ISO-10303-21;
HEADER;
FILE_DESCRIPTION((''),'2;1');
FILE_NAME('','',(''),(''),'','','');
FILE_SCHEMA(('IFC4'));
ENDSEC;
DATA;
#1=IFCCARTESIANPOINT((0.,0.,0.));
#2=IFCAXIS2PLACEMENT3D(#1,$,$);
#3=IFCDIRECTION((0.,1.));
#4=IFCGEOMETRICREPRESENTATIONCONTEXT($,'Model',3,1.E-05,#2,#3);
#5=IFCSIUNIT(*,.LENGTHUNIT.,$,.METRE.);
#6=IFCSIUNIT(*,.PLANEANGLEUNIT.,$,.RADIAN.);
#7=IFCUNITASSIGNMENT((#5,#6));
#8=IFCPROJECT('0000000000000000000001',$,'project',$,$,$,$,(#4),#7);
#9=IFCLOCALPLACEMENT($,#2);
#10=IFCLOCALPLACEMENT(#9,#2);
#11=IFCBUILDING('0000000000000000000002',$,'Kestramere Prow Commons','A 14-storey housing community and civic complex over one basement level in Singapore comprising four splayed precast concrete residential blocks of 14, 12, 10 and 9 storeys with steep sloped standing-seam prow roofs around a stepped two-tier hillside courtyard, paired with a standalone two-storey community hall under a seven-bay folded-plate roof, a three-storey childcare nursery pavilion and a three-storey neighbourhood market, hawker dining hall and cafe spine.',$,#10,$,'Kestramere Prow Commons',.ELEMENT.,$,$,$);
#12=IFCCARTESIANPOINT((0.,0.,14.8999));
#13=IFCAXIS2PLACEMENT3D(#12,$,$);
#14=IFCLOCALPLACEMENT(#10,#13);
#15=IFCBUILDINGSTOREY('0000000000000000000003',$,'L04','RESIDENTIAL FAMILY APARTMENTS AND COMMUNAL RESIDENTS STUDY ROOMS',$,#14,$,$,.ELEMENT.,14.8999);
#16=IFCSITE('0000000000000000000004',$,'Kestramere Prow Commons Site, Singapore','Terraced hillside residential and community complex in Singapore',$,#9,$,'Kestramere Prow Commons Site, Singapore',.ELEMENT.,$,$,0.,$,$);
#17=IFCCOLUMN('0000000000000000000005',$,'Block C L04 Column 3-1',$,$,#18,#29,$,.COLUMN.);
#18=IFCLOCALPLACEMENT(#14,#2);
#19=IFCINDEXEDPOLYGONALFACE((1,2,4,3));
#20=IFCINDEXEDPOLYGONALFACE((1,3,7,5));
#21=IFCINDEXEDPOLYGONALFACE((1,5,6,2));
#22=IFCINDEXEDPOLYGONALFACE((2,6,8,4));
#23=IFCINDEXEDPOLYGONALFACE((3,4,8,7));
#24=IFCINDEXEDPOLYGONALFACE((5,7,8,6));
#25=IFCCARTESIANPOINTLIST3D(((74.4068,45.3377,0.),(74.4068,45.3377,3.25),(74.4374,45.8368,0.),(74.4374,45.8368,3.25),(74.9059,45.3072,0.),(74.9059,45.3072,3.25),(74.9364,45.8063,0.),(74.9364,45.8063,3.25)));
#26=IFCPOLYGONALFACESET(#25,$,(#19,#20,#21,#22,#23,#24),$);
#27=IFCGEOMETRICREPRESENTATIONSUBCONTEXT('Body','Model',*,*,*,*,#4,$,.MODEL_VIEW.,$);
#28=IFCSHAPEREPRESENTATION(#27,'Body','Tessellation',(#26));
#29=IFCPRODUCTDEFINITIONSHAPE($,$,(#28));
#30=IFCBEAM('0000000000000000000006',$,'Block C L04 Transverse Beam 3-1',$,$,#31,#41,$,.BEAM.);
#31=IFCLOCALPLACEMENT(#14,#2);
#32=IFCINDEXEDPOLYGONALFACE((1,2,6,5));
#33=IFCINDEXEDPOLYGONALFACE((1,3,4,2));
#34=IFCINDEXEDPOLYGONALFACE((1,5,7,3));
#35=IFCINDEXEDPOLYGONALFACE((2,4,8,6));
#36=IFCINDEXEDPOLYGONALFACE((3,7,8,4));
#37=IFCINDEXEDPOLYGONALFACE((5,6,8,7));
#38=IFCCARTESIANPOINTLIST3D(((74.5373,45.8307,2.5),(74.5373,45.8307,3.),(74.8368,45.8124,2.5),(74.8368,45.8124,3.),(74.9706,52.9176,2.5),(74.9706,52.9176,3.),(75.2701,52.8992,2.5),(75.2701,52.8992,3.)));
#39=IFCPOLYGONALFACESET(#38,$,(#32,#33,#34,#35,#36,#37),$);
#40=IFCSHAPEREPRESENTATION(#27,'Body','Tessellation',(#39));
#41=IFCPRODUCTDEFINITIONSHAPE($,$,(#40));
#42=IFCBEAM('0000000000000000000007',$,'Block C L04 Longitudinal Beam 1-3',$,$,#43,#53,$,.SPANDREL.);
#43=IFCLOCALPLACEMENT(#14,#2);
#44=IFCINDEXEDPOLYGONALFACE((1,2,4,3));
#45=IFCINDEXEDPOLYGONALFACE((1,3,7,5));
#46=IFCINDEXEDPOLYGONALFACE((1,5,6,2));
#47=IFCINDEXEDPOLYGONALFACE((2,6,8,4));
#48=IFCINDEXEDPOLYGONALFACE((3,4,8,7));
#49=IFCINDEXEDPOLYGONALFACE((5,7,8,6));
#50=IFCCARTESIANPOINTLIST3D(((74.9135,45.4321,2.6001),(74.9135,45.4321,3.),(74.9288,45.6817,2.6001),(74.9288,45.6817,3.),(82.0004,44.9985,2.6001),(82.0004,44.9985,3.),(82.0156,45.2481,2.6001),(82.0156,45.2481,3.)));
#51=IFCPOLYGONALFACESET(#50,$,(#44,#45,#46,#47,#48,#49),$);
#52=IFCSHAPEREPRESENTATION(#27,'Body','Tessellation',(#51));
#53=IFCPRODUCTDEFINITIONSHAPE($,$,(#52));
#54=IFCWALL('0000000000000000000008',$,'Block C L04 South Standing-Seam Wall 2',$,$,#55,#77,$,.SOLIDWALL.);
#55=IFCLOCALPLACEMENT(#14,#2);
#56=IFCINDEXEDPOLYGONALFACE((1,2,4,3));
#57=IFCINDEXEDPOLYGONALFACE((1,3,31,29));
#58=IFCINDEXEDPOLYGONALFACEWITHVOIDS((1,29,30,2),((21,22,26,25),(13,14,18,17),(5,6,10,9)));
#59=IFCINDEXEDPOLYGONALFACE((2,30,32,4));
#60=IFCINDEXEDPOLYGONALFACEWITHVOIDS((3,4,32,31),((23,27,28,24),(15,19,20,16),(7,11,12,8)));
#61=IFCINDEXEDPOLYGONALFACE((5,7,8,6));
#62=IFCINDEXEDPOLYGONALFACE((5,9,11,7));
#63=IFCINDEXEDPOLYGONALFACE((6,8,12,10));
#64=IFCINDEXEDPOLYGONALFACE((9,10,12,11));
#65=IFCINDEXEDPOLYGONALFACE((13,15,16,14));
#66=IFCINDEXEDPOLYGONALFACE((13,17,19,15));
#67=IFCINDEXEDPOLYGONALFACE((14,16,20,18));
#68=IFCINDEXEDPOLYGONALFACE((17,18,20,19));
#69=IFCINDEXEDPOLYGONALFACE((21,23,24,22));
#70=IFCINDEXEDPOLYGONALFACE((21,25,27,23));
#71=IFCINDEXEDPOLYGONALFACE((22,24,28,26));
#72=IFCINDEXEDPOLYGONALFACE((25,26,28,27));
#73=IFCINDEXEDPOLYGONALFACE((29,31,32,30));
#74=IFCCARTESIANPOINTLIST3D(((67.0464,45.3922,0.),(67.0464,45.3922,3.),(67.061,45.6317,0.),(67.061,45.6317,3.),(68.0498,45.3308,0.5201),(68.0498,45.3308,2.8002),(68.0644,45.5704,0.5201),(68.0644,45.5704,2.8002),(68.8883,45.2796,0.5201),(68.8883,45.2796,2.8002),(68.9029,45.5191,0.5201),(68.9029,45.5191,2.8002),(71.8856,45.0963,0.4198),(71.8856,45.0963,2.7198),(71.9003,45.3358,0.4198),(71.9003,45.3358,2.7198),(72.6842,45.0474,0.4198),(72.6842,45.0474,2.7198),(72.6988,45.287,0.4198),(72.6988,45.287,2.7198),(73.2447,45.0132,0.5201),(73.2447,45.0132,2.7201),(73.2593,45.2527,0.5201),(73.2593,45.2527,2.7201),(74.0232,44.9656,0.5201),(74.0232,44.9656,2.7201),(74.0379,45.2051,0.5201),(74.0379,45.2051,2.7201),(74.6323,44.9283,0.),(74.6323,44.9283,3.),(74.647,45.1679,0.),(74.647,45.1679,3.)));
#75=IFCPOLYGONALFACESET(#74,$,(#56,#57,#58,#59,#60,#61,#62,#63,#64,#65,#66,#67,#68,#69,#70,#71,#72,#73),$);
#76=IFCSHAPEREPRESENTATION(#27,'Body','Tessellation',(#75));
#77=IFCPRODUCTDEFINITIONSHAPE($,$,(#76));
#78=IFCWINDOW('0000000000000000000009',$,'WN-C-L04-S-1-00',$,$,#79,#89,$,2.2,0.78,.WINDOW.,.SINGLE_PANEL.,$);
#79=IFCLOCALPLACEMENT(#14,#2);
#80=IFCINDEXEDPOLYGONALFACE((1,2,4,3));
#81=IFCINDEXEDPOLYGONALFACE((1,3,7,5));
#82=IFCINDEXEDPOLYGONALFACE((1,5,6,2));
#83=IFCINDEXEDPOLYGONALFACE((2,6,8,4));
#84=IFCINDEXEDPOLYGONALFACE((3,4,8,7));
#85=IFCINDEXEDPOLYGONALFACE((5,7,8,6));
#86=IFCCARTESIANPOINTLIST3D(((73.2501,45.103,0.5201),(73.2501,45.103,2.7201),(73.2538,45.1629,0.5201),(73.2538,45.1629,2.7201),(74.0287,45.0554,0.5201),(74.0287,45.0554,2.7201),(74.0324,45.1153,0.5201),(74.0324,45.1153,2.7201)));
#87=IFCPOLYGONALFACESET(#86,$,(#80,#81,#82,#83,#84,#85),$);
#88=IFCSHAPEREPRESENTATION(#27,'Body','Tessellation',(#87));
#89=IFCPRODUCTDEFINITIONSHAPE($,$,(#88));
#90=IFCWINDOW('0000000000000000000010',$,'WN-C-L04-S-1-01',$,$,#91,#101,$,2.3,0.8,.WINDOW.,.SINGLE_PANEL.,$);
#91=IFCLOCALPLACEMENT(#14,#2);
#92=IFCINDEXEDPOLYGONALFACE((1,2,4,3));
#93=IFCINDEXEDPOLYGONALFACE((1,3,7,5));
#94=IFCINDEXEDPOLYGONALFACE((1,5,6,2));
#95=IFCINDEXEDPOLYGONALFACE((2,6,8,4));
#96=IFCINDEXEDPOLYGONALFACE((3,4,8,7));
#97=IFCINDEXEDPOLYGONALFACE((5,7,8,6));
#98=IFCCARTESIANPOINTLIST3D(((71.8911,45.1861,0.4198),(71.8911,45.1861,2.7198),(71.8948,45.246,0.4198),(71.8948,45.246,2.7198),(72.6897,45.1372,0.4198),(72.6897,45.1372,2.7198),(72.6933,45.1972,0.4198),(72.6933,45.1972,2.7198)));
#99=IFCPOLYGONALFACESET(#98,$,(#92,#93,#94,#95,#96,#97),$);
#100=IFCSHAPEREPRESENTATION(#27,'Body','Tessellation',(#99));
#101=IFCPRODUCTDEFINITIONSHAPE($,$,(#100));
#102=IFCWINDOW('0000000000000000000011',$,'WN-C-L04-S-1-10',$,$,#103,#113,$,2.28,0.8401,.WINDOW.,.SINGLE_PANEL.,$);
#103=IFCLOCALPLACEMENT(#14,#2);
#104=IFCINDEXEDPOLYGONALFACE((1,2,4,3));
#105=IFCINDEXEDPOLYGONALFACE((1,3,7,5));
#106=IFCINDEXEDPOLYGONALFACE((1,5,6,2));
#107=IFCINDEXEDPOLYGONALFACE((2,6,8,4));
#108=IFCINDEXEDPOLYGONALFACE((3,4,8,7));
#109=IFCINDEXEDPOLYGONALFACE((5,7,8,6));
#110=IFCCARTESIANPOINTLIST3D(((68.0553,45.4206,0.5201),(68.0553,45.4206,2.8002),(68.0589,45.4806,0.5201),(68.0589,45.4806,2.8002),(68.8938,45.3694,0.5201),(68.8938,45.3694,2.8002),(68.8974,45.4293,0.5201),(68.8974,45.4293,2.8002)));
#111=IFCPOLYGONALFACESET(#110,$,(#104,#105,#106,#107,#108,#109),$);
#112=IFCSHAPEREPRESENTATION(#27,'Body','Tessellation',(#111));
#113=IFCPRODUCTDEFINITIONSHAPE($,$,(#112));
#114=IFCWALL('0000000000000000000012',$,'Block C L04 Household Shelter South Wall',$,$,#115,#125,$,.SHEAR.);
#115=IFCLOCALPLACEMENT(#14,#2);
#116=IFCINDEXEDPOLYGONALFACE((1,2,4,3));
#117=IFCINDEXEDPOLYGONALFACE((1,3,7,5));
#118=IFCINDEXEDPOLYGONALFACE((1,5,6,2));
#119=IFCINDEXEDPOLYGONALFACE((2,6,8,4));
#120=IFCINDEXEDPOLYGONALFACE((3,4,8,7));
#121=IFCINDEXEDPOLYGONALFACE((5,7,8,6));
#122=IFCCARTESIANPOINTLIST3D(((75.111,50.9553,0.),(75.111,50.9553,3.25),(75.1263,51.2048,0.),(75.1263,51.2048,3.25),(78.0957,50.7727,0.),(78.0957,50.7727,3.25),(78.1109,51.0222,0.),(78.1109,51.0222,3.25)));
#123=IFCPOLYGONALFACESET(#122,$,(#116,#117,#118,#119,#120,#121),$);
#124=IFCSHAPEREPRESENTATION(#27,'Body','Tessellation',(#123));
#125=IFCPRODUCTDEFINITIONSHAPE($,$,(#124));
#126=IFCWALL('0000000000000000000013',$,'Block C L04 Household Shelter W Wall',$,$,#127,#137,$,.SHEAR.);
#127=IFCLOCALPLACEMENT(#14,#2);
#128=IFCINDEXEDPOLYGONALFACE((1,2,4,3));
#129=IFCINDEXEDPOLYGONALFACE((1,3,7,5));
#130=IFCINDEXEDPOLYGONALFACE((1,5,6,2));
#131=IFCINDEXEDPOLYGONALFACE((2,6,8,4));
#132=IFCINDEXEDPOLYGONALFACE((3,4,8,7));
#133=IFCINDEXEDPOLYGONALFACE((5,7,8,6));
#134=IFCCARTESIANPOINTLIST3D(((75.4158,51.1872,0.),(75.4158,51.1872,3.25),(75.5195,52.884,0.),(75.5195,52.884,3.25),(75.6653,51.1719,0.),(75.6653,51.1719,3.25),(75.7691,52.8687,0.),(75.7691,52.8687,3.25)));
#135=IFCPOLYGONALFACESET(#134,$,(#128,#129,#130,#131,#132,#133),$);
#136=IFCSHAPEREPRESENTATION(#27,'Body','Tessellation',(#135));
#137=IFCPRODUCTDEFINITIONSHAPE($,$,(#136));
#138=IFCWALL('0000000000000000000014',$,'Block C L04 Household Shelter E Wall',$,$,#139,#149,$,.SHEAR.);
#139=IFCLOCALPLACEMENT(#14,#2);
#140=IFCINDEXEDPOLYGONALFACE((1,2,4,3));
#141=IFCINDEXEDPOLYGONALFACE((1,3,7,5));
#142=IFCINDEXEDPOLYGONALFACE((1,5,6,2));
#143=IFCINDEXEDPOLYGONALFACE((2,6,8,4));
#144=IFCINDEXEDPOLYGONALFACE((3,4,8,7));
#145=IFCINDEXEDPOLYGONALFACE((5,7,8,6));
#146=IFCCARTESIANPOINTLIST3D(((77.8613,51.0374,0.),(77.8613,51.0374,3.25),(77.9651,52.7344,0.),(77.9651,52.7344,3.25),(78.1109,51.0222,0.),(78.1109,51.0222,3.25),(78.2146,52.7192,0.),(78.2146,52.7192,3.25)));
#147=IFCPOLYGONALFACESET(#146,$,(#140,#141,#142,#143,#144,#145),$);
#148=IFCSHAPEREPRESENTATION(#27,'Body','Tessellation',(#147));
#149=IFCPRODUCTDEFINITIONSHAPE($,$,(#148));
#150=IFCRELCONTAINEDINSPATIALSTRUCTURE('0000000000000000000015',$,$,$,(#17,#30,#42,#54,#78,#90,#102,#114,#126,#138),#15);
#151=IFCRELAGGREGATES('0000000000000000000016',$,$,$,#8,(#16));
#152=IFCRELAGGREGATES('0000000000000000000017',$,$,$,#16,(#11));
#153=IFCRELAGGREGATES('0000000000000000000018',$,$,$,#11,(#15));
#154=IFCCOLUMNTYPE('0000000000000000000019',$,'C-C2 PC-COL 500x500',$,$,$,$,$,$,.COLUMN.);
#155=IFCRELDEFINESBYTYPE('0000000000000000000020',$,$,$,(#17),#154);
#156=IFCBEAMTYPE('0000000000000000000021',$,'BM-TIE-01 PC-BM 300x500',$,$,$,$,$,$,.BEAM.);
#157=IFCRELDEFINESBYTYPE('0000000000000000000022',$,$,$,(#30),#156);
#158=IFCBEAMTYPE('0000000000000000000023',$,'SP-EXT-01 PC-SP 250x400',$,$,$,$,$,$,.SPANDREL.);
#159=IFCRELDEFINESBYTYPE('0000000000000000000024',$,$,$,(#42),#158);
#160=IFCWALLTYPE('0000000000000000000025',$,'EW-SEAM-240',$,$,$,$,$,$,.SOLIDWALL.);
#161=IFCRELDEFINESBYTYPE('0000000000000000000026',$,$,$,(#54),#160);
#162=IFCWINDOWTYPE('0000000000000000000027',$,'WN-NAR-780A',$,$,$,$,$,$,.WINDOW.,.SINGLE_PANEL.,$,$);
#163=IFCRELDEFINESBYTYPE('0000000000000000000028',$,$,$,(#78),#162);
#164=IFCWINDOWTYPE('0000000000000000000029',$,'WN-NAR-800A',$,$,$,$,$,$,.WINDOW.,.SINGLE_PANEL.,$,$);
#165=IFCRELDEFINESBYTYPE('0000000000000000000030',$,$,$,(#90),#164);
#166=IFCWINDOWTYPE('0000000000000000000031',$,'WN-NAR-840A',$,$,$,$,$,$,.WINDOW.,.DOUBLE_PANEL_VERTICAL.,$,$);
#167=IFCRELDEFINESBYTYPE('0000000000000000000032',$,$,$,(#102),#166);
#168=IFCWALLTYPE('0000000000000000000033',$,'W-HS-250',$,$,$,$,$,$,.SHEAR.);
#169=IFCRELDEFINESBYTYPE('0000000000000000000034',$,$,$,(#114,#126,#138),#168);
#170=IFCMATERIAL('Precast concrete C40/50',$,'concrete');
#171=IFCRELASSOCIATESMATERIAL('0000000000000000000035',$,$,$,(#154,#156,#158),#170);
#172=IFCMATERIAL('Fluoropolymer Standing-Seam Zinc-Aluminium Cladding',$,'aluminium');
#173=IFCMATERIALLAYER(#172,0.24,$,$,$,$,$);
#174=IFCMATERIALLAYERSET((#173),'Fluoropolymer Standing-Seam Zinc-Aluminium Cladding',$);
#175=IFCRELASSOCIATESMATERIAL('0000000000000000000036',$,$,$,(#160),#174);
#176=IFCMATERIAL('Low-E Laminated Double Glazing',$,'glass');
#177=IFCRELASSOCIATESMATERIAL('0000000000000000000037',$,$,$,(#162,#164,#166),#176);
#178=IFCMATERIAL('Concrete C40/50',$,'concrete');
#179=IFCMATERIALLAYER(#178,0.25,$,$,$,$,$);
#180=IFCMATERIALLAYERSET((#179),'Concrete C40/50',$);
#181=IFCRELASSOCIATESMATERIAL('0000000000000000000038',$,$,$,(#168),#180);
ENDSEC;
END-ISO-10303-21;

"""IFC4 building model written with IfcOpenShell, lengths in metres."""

from ifc_helpers import new_model, si_unit, direction, frame, frame_2d, origin, origin_2d, place, context, subcontext, project, spatial, rectangle, extrude, material, layer, layer_set, material_profile, profile_set, type_object, element, fill, save


model = new_model("IFC4")

# Units and contexts
model_context = context("Model", 3, precision=1e-05, world=origin(), true_north=direction((0.0, 1.0)))
body_context = subcontext(model_context, "Body", "Model", "MODEL_VIEW")
ifc_project = project(units=[si_unit("LENGTHUNIT", "METRE"), si_unit("PLANEANGLEUNIT", "RADIAN")], contexts=[model_context])

# Site, building, storey
site_placement = place(None, origin())
site = spatial("IfcSite", under=ifc_project, at=site_placement, Name="Kestramere Prow Commons Site, Singapore", Description="Terraced hillside residential and community complex in Singapore", LongName="Kestramere Prow Commons Site, Singapore", CompositionType="ELEMENT", RefElevation=0.0)
building_placement = place(site_placement, origin())
building = spatial("IfcBuilding", under=site, at=building_placement, Name="Kestramere Prow Commons", Description="A 14-storey housing community and civic complex over one basement level in Singapore comprising four splayed precast concrete residential blocks of 14, 12, 10 and 9 storeys with steep sloped standing-seam prow roofs around a stepped two-tier hillside courtyard, paired with a standalone two-storey community hall under a seven-bay folded-plate roof, a three-storey childcare nursery pavilion and a three-storey neighbourhood market, hawker dining hall and cafe spine.", LongName="Kestramere Prow Commons", CompositionType="ELEMENT")
storey_placement = place(building_placement, frame((0.0, 0.0, 14.8999)))
storey = spatial("IfcBuildingStorey", under=building, at=storey_placement, Name="L04", Description="RESIDENTIAL FAMILY APARTMENTS AND COMMUNAL RESIDENTS STUDY ROOMS", CompositionType="ELEMENT", Elevation=14.8999)

# Column
ifc_material_1 = material(Name="Precast concrete C40/50", Category="concrete")
ifc_material_profile_1 = material_profile(ifc_material_1, rectangle(XDim=0.5, YDim=0.5, at=origin_2d()), Name="PC-COL 500x500")
ifc_profile_set_1 = profile_set([ifc_material_profile_1], Name="Precast concrete C40/50")
column_type = type_object("IfcColumnType", Name="C-C2 PC-COL 500x500", PredefinedType="COLUMN", material=ifc_profile_set_1)
column_placement = place(storey_placement, frame((74.6716, 45.572, 0.0), z_axis=(0.0, 0.0, 1.0), x_axis=(0.998135, -0.061049, 0.0)))
element("IfcColumn", 1, at=column_placement, inside=storey, type_object=column_type, Name="Block C L04 Column 3-1", PredefinedType="COLUMN", context=body_context, shape_type="SweptSolid", body=[
    extrude(rectangle(XDim=0.5, YDim=0.5, at=origin_2d()), origin(), (0.0, 0.0, 1.0), 3.25),
])

# Beams
ifc_material_profile_2 = material_profile(ifc_material_1, rectangle(XDim=0.3, YDim=0.5, at=origin_2d()), Name="PC-BM 300x500")
ifc_profile_set_2 = profile_set([ifc_material_profile_2], Name="Precast concrete C40/50")
beam_type_1 = type_object("IfcBeamType", Name="BM-TIE-01 PC-BM 300x500", PredefinedType="BEAM", material=ifc_profile_set_2)
beam_1_placement = place(storey_placement, frame((74.687, 45.8215, 2.75), z_axis=(0.061034, 0.998136, 0.0), x_axis=(-0.998136, 0.061034, 0.0)))
element("IfcBeam", 2, at=beam_1_placement, inside=storey, type_object=beam_type_1, Name="Block C L04 Transverse Beam 3-1", PredefinedType="BEAM", context=body_context, shape_type="SweptSolid", body=[
    extrude(rectangle(XDim=0.3, YDim=0.5, at=origin_2d()), origin(), (0.0, 0.0, 1.0), 7.1001),
])
ifc_material_profile_3 = material_profile(ifc_material_1, rectangle(XDim=0.25, YDim=0.3999, at=origin_2d()), Name="PC-SP 250x400")
ifc_profile_set_3 = profile_set([ifc_material_profile_3], Name="Precast concrete C40/50")
beam_type_2 = type_object("IfcBeamType", Name="SP-EXT-01 PC-SP 250x400", PredefinedType="SPANDREL", material=ifc_profile_set_3)
beam_2_placement = place(storey_placement, frame((74.9211, 45.5569, 2.8), z_axis=(0.998134, -0.061068, 0.0), x_axis=(0.061068, 0.998134, 0.0)))
element("IfcBeam", 3, at=beam_2_placement, inside=storey, type_object=beam_type_2, Name="Block C L04 Longitudinal Beam 1-3", PredefinedType="SPANDREL", context=body_context, shape_type="SweptSolid", body=[
    extrude(rectangle(XDim=0.25, YDim=0.3999, at=origin_2d()), origin(), (0.0, 0.0, 1.0), 7.1001),
])

# Wall, openings, windows
ifc_material_2 = material(Name="Fluoropolymer Standing-Seam Zinc-Aluminium Cladding", Category="aluminium")
ifc_layer_1 = layer(ifc_material_2, 0.24)
ifc_layer_set_1 = layer_set([ifc_layer_1], Name="Fluoropolymer Standing-Seam Zinc-Aluminium Cladding")
wall_type_1 = type_object("IfcWallType", Name="EW-SEAM-240", PredefinedType="SOLIDWALL", material=ifc_layer_set_1)
wall_1_placement = place(storey_placement, frame((74.6396, 45.0481, 0.0), z_axis=(0.0, 0.0, 1.0), x_axis=(-0.998136, 0.061034, 0.0)))
wall_1 = element("IfcWall", 4, at=wall_1_placement, inside=storey, type_object=wall_type_1, Name="Block C L04 South Standing-Seam Wall 2", PredefinedType="SOLIDWALL", context=body_context, shape_type="SweptSolid", body=[
    extrude(rectangle(XDim=7.6001, YDim=0.24, at=frame_2d((3.8, 0.0))), origin(), (0.0, 0.0, 1.0), 3.0),
])
opening_1_placement = place(wall_1_placement, frame((0.6101, 0.0, 0.52)))
opening_1 = element("IfcOpeningElement", 5, at=opening_1_placement, cuts=wall_1, PredefinedType="OPENING", context=body_context, shape_type="SweptSolid", body=[
    extrude(rectangle(XDim=0.78, YDim=2.2, at=frame_2d((0.3901, 1.1001))), frame((0.0, 0.135, 0.0), z_axis=(0.0, -1.0, 0.0), x_axis=(1.0, 0.0, 0.0)), (0.0, 0.0, 1.0), 0.27),
])
opening_2_placement = place(wall_1_placement, frame((1.9519, 0.0, 0.4199)))
opening_2 = element("IfcOpeningElement", 6, at=opening_2_placement, cuts=wall_1, PredefinedType="OPENING", context=body_context, shape_type="SweptSolid", body=[
    extrude(rectangle(XDim=0.8, YDim=2.3, at=frame_2d((0.3999, 1.1499))), frame((0.0, 0.135, 0.0), z_axis=(0.0, -1.0, 0.0), x_axis=(1.0, 0.0, 0.0)), (0.0, 0.0, 1.0), 0.27),
])
opening_3_placement = place(wall_1_placement, frame((5.7549, 0.0, 0.52)))
opening_3 = element("IfcOpeningElement", 7, at=opening_3_placement, cuts=wall_1, PredefinedType="OPENING", context=body_context, shape_type="SweptSolid", body=[
    extrude(rectangle(XDim=0.8401, YDim=2.28, at=frame_2d((0.4199, 1.1401))), frame((0.0, 0.135, 0.0), z_axis=(0.0, -1.0, 0.0), x_axis=(1.0, 0.0, 0.0)), (0.0, 0.0, 1.0), 0.27),
])
ifc_material_3 = material(Name="Low-E Laminated Double Glazing", Category="glass")
window_type_1 = type_object("IfcWindowType", Name="WN-NAR-780A", PartitioningType="SINGLE_PANEL", PredefinedType="WINDOW", material=ifc_material_3)
window_1_placement = place(opening_1_placement, origin())
window_1 = element("IfcWindow", 8, at=window_1_placement, inside=storey, type_object=window_type_1, Name="WN-C-L04-S-1-00", OverallHeight=2.2, OverallWidth=0.78, PartitioningType="SINGLE_PANEL", PredefinedType="WINDOW", context=body_context, shape_type="SweptSolid", body=[
    extrude(rectangle(XDim=0.78, YDim=2.2, at=frame_2d((0.3901, 1.1001))), frame((0.0, 0.03, 0.0), z_axis=(0.0, -1.0, 0.0), x_axis=(1.0, 0.0, 0.0)), (0.0, 0.0, 1.0), 0.0601),
])
fill(opening_1, window_1)
window_type_2 = type_object("IfcWindowType", Name="WN-NAR-800A", PartitioningType="SINGLE_PANEL", PredefinedType="WINDOW", material=ifc_material_3)
window_2_placement = place(opening_2_placement, origin())
window_2 = element("IfcWindow", 9, at=window_2_placement, inside=storey, type_object=window_type_2, Name="WN-C-L04-S-1-01", OverallHeight=2.3, OverallWidth=0.8, PartitioningType="SINGLE_PANEL", PredefinedType="WINDOW", context=body_context, shape_type="SweptSolid", body=[
    extrude(rectangle(XDim=0.8, YDim=2.3, at=frame_2d((0.3999, 1.1499))), frame((0.0, 0.03, 0.0), z_axis=(0.0, -1.0, 0.0), x_axis=(1.0, 0.0, 0.0)), (0.0, 0.0, 1.0), 0.0601),
])
fill(opening_2, window_2)
window_type_3 = type_object("IfcWindowType", Name="WN-NAR-840A", PartitioningType="DOUBLE_PANEL_VERTICAL", PredefinedType="WINDOW", material=ifc_material_3)
window_3_placement = place(opening_3_placement, origin())
window_3 = element("IfcWindow", 10, at=window_3_placement, inside=storey, type_object=window_type_3, Name="WN-C-L04-S-1-10", OverallHeight=2.28, OverallWidth=0.8401, PartitioningType="SINGLE_PANEL", PredefinedType="WINDOW", context=body_context, shape_type="SweptSolid", body=[
    extrude(rectangle(XDim=0.8401, YDim=2.28, at=frame_2d((0.4199, 1.1401))), frame((0.0, 0.03, 0.0), z_axis=(0.0, -1.0, 0.0), x_axis=(1.0, 0.0, 0.0)), (0.0, 0.0, 1.0), 0.0601),
])
fill(opening_3, window_3)

# Walls
ifc_material_4 = material(Name="Concrete C40/50", Category="concrete")
ifc_layer_2 = layer(ifc_material_4, 0.25)
ifc_layer_set_2 = layer_set([ifc_layer_2], Name="Concrete C40/50")
wall_type_2 = type_object("IfcWallType", Name="W-HS-250", PredefinedType="SHEAR", material=ifc_layer_set_2)
wall_2_placement = place(storey_placement, frame((75.1187, 51.0801, 0.0), z_axis=(0.0, 0.0, 1.0), x_axis=(0.998133, -0.061072, 0.0)))
element("IfcWall", 11, at=wall_2_placement, inside=storey, type_object=wall_type_2, Name="Block C L04 Household Shelter South Wall", PredefinedType="SHEAR", context=body_context, shape_type="SweptSolid", body=[
    extrude(rectangle(XDim=2.9902, YDim=0.25, at=frame_2d((1.4951, 0.0))), origin(), (0.0, 0.0, 1.0), 3.25),
])
wall_3_placement = place(storey_placement, frame((75.5405, 51.1794, 0.0), z_axis=(0.0, 0.0, 1.0), x_axis=(0.061037, 0.998136, 0.0)))
element("IfcWall", 12, at=wall_3_placement, inside=storey, type_object=wall_type_2, Name="Block C L04 Household Shelter W Wall", PredefinedType="SHEAR", context=body_context, shape_type="SweptSolid", body=[
    extrude(rectangle(XDim=1.7, YDim=0.25, at=frame_2d((0.8501, 0.0))), origin(), (0.0, 0.0, 1.0), 3.25),
])
wall_4_placement = place(storey_placement, frame((77.9861, 51.0298, 0.0), z_axis=(0.0, 0.0, 1.0), x_axis=(0.061028, 0.998136, 0.0)))
element("IfcWall", 13, at=wall_4_placement, inside=storey, type_object=wall_type_2, Name="Block C L04 Household Shelter E Wall", PredefinedType="SHEAR", context=body_context, shape_type="SweptSolid", body=[
    extrude(rectangle(XDim=1.7002, YDim=0.25, at=frame_2d((0.8501, 0.0))), origin(), (0.0, 0.0, 1.0), 3.25),
])

save(model, "model.ifc")
